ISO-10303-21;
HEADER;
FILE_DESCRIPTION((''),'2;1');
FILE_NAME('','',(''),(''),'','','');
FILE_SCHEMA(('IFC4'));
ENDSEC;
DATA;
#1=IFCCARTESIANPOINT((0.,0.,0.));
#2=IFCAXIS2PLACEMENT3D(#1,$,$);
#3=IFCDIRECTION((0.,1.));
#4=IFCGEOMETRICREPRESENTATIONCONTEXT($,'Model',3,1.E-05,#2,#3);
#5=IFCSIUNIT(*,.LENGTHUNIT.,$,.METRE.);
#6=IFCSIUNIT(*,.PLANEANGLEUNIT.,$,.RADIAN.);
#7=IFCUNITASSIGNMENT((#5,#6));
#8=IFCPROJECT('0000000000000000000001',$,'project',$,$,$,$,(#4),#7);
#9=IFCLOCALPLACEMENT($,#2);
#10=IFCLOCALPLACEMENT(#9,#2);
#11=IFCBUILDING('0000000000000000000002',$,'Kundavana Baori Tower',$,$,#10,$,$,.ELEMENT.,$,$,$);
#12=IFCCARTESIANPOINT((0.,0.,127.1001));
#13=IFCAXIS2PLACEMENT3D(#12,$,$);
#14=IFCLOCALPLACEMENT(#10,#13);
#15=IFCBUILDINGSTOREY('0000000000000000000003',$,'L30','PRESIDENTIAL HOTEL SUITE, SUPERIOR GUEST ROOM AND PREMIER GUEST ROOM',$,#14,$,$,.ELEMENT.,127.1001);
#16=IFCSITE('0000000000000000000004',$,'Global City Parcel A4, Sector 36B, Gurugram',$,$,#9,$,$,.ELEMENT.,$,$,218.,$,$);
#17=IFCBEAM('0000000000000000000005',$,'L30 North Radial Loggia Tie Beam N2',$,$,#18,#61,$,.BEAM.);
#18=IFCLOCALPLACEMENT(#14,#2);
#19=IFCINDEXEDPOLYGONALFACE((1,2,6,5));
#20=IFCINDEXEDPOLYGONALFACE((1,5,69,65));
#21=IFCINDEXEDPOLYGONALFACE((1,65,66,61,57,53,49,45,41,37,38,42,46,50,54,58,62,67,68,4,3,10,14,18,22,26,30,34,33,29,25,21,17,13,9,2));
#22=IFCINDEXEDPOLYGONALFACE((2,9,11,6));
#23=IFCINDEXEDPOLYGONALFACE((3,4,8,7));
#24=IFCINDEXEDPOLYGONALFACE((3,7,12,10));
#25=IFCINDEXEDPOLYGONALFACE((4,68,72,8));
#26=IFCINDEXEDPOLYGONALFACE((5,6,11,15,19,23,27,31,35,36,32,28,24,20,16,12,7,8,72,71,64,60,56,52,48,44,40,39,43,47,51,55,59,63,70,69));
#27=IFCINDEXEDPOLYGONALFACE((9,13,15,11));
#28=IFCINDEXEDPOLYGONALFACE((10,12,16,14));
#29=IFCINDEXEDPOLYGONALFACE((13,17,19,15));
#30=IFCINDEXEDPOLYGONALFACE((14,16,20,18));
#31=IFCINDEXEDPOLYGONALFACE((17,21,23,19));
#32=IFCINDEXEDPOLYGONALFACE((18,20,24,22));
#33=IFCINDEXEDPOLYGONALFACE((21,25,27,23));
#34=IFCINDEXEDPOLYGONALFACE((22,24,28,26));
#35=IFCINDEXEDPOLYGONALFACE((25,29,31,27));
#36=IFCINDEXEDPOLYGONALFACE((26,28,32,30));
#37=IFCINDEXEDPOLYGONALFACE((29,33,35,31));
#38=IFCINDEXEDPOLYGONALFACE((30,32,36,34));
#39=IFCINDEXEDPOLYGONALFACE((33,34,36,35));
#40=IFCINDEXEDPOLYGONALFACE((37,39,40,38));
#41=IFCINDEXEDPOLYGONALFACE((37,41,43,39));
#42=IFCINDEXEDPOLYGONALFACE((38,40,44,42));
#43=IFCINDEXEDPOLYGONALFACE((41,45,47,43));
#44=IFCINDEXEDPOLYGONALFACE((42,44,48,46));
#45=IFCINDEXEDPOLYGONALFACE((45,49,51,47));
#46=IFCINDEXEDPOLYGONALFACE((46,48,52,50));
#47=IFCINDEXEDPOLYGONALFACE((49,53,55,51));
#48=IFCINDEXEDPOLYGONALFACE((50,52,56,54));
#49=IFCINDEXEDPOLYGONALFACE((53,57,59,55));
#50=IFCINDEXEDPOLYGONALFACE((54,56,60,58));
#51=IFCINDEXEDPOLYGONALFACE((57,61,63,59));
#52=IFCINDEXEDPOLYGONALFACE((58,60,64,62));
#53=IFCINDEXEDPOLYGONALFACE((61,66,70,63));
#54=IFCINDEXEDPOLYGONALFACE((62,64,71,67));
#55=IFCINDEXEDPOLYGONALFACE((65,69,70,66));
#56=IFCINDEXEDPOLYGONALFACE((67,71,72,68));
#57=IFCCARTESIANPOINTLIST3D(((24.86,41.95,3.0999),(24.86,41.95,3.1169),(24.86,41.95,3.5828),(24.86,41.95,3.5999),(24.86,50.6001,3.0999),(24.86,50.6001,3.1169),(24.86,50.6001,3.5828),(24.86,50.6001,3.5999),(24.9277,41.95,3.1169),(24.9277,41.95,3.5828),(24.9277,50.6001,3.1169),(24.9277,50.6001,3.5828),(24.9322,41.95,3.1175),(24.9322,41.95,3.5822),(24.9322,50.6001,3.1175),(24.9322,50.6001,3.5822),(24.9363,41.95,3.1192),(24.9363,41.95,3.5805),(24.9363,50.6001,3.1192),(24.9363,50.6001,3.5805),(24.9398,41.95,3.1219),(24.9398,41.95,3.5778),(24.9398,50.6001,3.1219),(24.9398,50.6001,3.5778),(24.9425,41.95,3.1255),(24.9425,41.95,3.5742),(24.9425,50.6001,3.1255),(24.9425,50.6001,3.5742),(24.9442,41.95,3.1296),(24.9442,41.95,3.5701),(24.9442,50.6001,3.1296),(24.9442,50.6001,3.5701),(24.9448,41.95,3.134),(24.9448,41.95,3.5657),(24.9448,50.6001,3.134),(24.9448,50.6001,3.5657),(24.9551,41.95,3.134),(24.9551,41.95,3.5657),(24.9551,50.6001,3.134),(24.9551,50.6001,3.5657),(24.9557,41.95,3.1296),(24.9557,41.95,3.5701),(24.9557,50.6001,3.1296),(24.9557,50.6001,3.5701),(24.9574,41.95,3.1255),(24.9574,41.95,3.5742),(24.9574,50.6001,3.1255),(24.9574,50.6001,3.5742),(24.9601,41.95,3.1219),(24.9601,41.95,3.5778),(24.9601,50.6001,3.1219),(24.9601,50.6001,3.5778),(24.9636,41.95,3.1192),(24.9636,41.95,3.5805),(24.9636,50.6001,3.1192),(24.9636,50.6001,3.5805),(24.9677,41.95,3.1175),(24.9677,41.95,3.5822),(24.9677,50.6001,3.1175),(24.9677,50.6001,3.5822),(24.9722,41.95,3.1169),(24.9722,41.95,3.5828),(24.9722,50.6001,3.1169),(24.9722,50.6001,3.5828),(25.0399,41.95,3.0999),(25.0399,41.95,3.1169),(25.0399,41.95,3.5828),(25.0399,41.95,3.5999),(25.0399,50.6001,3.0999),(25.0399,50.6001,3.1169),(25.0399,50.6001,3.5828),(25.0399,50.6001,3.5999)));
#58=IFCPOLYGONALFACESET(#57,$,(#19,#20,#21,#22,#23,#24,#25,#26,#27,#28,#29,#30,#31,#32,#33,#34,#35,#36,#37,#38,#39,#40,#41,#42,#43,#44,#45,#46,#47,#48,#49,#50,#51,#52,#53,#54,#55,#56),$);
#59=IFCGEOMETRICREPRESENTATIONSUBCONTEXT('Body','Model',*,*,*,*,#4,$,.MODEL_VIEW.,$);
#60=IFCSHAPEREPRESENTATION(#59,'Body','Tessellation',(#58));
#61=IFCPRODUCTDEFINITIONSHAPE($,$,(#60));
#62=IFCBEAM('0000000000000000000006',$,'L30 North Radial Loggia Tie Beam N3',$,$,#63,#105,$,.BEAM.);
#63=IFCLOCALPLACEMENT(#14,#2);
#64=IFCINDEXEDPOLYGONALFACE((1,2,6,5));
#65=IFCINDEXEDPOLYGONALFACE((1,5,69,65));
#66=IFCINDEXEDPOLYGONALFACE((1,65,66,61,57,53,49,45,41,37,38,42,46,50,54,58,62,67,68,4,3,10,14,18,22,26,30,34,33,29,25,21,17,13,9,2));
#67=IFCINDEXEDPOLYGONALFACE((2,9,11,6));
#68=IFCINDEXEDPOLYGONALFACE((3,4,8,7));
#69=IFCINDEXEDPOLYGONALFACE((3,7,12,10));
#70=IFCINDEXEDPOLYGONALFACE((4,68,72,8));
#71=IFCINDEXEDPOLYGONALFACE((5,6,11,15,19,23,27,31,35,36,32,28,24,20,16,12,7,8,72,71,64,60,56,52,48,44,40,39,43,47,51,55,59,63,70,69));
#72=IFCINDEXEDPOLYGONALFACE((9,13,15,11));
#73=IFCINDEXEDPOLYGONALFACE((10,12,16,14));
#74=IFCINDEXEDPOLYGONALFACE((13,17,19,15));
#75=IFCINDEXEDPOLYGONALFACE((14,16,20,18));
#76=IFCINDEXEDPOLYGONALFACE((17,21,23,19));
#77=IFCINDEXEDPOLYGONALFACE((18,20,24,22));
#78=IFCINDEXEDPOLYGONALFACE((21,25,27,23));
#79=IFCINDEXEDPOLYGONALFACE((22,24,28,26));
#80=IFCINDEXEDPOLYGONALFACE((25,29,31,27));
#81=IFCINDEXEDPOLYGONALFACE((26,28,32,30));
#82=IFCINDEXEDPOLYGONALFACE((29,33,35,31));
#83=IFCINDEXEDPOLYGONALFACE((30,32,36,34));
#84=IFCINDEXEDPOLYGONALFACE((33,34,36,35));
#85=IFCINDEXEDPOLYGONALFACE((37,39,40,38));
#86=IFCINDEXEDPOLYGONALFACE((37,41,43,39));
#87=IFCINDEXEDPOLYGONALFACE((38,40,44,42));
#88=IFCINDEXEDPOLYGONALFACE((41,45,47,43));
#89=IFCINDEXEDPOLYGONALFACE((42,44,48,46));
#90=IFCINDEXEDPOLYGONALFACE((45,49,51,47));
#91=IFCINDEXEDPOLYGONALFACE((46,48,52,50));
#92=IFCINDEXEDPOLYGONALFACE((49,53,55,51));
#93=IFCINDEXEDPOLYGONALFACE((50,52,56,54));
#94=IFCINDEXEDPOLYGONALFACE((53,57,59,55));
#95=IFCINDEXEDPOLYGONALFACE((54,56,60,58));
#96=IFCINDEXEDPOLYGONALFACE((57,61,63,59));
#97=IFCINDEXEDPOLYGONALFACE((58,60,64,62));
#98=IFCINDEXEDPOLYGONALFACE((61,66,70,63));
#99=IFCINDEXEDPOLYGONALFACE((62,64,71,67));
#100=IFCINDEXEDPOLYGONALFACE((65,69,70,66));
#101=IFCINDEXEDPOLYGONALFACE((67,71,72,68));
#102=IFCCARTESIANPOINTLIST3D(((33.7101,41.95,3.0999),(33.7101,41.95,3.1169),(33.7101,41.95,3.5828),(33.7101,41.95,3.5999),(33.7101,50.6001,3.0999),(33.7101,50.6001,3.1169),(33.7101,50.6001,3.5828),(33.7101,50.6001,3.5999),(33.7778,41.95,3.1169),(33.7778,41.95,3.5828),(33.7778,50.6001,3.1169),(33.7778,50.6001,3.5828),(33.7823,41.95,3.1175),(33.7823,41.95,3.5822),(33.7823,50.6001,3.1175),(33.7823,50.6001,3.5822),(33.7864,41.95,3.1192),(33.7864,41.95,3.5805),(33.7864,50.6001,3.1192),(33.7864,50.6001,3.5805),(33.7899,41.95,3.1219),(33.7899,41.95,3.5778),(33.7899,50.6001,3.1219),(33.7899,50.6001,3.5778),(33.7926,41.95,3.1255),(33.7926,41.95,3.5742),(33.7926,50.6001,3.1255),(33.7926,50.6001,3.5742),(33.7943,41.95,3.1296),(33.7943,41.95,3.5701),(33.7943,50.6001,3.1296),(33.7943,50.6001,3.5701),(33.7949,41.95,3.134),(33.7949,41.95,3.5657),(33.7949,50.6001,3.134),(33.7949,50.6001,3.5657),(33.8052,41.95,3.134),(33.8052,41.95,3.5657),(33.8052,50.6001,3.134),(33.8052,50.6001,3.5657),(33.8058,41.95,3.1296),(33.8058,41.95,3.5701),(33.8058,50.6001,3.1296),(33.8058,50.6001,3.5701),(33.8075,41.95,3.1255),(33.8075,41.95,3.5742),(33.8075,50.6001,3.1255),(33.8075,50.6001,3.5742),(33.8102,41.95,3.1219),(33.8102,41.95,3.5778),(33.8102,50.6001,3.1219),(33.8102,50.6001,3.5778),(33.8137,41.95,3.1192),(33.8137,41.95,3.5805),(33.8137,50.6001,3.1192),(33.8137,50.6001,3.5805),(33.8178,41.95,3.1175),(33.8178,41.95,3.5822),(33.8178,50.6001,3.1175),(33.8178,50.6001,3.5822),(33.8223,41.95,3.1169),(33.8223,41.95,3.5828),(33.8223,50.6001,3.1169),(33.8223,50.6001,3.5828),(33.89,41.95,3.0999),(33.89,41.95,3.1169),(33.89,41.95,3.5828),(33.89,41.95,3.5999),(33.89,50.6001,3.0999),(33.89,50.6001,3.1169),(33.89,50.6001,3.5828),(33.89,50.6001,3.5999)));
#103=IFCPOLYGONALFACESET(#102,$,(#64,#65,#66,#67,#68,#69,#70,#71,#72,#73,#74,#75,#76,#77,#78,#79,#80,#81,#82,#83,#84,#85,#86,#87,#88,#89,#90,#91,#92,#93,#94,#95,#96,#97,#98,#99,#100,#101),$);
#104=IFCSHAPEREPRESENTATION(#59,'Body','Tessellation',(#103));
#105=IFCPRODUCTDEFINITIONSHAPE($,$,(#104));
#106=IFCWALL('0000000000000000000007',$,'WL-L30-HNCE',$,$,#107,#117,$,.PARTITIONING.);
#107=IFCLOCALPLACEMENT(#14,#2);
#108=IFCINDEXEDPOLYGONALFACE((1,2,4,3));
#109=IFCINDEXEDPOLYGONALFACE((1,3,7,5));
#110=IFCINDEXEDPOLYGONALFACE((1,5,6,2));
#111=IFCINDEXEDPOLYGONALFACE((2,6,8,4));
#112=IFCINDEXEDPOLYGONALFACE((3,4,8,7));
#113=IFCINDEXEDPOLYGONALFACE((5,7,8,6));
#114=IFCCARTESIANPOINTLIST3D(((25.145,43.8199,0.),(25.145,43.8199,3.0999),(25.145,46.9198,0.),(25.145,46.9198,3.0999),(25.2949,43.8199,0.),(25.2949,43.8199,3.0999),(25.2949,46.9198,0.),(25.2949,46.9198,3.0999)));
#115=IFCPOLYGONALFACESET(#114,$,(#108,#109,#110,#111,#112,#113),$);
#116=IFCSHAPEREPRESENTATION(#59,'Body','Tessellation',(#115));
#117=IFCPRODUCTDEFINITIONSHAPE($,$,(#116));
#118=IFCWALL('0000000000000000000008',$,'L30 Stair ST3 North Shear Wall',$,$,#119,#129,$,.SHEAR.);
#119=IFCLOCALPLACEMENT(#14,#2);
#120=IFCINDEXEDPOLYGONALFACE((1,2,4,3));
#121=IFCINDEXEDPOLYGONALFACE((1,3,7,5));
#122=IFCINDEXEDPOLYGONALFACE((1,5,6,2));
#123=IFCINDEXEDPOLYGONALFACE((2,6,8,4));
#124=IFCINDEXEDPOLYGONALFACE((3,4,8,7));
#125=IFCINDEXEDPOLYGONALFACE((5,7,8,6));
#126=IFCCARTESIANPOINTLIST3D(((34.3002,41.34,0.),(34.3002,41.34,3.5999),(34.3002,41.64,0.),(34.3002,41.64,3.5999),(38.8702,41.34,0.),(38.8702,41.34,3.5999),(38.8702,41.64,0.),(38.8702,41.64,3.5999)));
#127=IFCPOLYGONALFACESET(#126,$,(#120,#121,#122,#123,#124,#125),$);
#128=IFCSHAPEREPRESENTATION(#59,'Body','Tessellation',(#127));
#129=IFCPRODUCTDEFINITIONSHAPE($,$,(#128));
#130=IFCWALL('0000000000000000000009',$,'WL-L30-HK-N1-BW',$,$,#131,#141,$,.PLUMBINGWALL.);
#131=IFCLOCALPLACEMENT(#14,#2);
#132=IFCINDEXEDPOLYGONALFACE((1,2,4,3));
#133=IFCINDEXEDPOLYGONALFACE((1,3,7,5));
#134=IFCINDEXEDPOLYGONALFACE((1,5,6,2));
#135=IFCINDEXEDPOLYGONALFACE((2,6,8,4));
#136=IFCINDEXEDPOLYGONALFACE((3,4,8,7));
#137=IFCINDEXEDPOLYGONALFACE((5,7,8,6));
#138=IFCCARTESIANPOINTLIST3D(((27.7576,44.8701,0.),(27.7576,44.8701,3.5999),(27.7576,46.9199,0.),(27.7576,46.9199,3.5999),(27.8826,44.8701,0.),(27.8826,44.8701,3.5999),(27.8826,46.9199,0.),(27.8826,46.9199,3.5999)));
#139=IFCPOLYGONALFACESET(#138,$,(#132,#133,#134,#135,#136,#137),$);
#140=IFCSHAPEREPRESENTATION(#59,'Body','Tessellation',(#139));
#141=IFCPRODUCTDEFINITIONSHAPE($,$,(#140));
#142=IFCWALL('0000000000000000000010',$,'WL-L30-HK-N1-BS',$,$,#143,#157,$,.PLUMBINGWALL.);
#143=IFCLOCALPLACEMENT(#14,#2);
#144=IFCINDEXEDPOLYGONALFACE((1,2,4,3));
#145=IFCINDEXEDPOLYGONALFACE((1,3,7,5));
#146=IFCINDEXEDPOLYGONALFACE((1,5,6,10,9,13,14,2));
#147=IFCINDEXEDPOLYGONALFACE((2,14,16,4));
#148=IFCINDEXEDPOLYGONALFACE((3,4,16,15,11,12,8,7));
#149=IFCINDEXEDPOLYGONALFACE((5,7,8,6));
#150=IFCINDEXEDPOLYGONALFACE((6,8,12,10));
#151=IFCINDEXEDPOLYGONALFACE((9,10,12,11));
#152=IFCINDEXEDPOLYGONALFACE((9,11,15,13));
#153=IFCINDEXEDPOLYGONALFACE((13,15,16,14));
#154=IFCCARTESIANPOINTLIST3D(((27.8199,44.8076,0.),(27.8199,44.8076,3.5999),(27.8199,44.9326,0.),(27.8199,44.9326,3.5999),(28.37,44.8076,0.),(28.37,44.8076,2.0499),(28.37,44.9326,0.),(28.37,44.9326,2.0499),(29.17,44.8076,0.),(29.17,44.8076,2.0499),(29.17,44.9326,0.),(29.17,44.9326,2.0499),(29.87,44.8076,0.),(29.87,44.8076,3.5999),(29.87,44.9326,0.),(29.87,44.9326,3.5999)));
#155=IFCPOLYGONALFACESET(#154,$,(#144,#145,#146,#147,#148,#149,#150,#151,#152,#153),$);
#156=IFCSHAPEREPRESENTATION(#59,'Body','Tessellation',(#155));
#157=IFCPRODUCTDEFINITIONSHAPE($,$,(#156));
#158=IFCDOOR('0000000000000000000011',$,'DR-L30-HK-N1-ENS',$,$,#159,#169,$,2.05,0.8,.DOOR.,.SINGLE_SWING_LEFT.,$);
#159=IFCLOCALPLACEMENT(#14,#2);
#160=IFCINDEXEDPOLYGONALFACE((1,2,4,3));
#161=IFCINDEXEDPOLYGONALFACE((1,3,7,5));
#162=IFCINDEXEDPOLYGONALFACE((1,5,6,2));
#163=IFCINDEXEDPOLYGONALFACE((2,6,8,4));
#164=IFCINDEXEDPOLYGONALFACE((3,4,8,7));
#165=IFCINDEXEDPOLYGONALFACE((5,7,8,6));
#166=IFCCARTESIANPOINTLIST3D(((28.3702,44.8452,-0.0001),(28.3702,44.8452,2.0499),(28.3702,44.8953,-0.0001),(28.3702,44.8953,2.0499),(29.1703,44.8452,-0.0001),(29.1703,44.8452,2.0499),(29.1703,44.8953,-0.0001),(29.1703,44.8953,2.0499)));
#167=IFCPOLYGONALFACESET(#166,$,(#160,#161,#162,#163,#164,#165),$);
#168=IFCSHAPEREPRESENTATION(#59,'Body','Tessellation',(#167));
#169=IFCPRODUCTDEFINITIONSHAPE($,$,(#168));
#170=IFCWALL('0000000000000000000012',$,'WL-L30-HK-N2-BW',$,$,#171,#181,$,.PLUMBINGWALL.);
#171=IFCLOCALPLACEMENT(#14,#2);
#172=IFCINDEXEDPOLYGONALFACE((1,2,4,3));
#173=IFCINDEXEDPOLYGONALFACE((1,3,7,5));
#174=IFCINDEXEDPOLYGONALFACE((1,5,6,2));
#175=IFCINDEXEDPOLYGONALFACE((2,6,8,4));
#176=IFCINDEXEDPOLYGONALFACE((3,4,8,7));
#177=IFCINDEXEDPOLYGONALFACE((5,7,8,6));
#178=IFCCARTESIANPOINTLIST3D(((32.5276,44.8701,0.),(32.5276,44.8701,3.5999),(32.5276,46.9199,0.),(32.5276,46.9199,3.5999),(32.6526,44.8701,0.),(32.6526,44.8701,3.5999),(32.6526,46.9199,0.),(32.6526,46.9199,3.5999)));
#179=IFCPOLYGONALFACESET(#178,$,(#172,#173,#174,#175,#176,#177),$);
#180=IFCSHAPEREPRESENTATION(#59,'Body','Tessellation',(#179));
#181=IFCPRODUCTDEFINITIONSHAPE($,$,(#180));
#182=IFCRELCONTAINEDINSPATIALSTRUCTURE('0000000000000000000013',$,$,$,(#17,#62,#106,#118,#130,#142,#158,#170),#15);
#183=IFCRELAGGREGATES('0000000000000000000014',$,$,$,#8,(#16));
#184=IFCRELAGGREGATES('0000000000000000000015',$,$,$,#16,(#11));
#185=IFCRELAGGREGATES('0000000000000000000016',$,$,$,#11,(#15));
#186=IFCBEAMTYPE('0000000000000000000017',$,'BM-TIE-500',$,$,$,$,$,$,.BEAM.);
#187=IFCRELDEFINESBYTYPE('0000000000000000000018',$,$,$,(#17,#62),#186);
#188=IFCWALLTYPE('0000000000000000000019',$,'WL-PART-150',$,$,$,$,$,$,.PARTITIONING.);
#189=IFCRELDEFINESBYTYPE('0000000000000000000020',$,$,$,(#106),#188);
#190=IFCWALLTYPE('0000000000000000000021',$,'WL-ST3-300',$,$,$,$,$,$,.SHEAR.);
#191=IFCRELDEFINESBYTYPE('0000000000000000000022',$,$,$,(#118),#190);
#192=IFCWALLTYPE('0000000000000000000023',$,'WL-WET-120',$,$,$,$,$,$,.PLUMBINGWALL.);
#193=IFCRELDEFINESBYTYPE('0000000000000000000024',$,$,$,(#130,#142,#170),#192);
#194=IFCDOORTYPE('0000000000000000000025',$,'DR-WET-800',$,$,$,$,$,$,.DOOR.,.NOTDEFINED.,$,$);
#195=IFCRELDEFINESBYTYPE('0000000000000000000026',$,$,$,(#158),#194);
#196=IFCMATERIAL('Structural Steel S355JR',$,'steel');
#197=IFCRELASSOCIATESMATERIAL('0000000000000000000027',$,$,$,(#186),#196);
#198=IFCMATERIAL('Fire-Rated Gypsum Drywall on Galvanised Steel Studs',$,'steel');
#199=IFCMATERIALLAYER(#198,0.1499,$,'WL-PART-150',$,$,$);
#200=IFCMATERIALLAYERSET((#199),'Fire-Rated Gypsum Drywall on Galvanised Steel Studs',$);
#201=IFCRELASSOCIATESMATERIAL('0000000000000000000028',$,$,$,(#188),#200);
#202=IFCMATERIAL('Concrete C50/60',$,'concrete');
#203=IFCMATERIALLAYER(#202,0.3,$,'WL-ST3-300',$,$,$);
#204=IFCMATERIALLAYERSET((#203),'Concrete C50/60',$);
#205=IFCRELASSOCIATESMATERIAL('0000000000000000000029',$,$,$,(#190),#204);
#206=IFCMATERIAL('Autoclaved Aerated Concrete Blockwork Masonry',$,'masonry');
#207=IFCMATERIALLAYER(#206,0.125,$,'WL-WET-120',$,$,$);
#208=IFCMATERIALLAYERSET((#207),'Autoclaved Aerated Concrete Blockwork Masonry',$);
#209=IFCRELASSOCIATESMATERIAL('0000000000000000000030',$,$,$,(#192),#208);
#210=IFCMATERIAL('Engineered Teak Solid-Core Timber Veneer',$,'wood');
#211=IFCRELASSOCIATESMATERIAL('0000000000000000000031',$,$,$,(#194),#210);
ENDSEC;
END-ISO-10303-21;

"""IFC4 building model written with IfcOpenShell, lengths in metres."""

from ifc_helpers import new_model, si_unit, direction, frame, frame_2d, origin, origin_2d, place, context, subcontext, project, spatial, rectangle, i_section, extrude, material, layer, layer_set, material_profile, profile_set, type_object, element, fill, save


model = new_model("IFC4")

# Units and contexts
model_context = context("Model", 3, precision=1e-05, world=origin(), true_north=direction((0.0, 1.0)))
body_context = subcontext(model_context, "Body", "Model", "MODEL_VIEW")
ifc_project = project(units=[si_unit("LENGTHUNIT", "METRE"), si_unit("PLANEANGLEUNIT", "RADIAN")], contexts=[model_context])

# Site, building, storey
site_placement = place(None, origin())
site = spatial("IfcSite", under=ifc_project, at=site_placement, Name="Global City Parcel A4, Sector 36B, Gurugram", CompositionType="ELEMENT", RefElevation=218.0)
building_placement = place(site_placement, origin())
building = spatial("IfcBuilding", under=site, at=building_placement, Name="Kundavana Baori Tower", CompositionType="ELEMENT")
storey_placement = place(building_placement, frame((0.0, 0.0, 127.1001)))
storey = spatial("IfcBuildingStorey", under=building, at=storey_placement, Name="L30", Description="PRESIDENTIAL HOTEL SUITE, SUPERIOR GUEST ROOM AND PREMIER GUEST ROOM", CompositionType="ELEMENT", Elevation=127.1001)

# Beams
ifc_material_1 = material(Name="Structural Steel S355JR", Category="steel")
ifc_material_profile_1 = material_profile(ifc_material_1, i_section(OverallWidth=0.1799, OverallDepth=0.5, WebThickness=0.0103, FlangeThickness=0.0171, FilletRadius=0.0171, at=origin_2d()), Name="ISMB 500")
ifc_profile_set_1 = profile_set([ifc_material_profile_1], Name="Structural Steel S355JR")
beam_type_1 = type_object("IfcBeamType", Name="BM-TIE-500", PredefinedType="BEAM", material=ifc_profile_set_1)
for number, where, z_axis, x_axis, name in (
    (1, (24.95, 41.95, 3.3499), (0.0, 1.0, 0.0), (-1.0, 0.0, 0.0), "L30 North Radial Loggia Tie Beam N2"),
    (2, (33.8, 41.95, 3.3499), (0.0, 1.0, 0.0), (-1.0, 0.0, 0.0), "L30 North Radial Loggia Tie Beam N3"),
):
    element("IfcBeam", number, at=place(storey_placement, frame(where, z_axis=z_axis, x_axis=x_axis)), inside=storey, type_object=beam_type_1, Name=name, PredefinedType="BEAM", context=body_context, shape_type="SweptSolid", body=[
        extrude(i_section(OverallWidth=0.1799, OverallDepth=0.5, WebThickness=0.0103, FlangeThickness=0.0171, FilletRadius=0.0171, at=origin_2d()), origin(), (0.0, 0.0, 1.0), 8.6501),
    ])

# Walls
ifc_material_2 = material(Name="Fire-Rated Gypsum Drywall on Galvanised Steel Studs", Category="steel")
ifc_layer_1 = layer(ifc_material_2, 0.1499, Name="WL-PART-150")
ifc_layer_set_1 = layer_set([ifc_layer_1], Name="Fire-Rated Gypsum Drywall on Galvanised Steel Studs")
wall_type_1 = type_object("IfcWallType", Name="WL-PART-150", PredefinedType="PARTITIONING", material=ifc_layer_set_1)
wall_1_placement = place(storey_placement, frame((25.22, 43.8201, 0.0), z_axis=(0.0, 0.0, 1.0), x_axis=(0.0, 1.0, 0.0)))
element("IfcWall", 3, at=wall_1_placement, inside=storey, type_object=wall_type_1, Name="WL-L30-HNCE", PredefinedType="PARTITIONING", context=body_context, shape_type="SweptSolid", body=[
    extrude(rectangle(XDim=3.0999, YDim=0.1499, at=frame_2d((1.5498, 0.0))), origin(), (0.0, 0.0, 1.0), 3.0999),
])
ifc_material_3 = material(Name="Concrete C50/60", Category="concrete")
ifc_layer_2 = layer(ifc_material_3, 0.3, Name="WL-ST3-300")
ifc_layer_set_2 = layer_set([ifc_layer_2], Name="Concrete C50/60")
wall_type_2 = type_object("IfcWallType", Name="WL-ST3-300", PredefinedType="SHEAR", material=ifc_layer_set_2)
wall_2_placement = place(storey_placement, frame((34.3, 41.49, 0.0), z_axis=(0.0, 0.0, 1.0), x_axis=(1.0, 0.0, 0.0)))
element("IfcWall", 4, at=wall_2_placement, inside=storey, type_object=wall_type_2, Name="L30 Stair ST3 North Shear Wall", PredefinedType="SHEAR", context=body_context, shape_type="SweptSolid", body=[
    extrude(rectangle(XDim=4.5701, YDim=0.3, at=frame_2d((2.2852, 0.0))), origin(), (0.0, 0.0, 1.0), 3.5999),
])
ifc_material_4 = material(Name="Autoclaved Aerated Concrete Blockwork Masonry", Category="masonry")
ifc_layer_3 = layer(ifc_material_4, 0.125, Name="WL-WET-120")
ifc_layer_set_3 = layer_set([ifc_layer_3], Name="Autoclaved Aerated Concrete Blockwork Masonry")
wall_type_3 = type_object("IfcWallType", Name="WL-WET-120", PredefinedType="PLUMBINGWALL", material=ifc_layer_set_3)
wall_3_placement = place(storey_placement, frame((27.8201, 44.8701, 0.0), z_axis=(0.0, 0.0, 1.0), x_axis=(0.0, 1.0, 0.0)))
element("IfcWall", 5, at=wall_3_placement, inside=storey, type_object=wall_type_3, Name="WL-L30-HK-N1-BW", PredefinedType="PLUMBINGWALL", context=body_context, shape_type="SweptSolid", body=[
    extrude(rectangle(XDim=2.0498, YDim=0.125, at=frame_2d((1.0249, 0.0))), origin(), (0.0, 0.0, 1.0), 3.5999),
])

# Wall, opening, door
wall_4_placement = place(storey_placement, frame((27.8201, 44.8701, 0.0), z_axis=(0.0, 0.0, 1.0), x_axis=(1.0, 0.0, 0.0)))
wall_4 = element("IfcWall", 6, at=wall_4_placement, inside=storey, type_object=wall_type_3, Name="WL-L30-HK-N1-BS", PredefinedType="PLUMBINGWALL", context=body_context, shape_type="SweptSolid", body=[
    extrude(rectangle(XDim=2.05, YDim=0.125, at=frame_2d((1.0249, 0.0))), origin(), (0.0, 0.0, 1.0), 3.5999),
])
opening_1_placement = place(wall_4_placement, frame((0.55, 0.0, 0.0)))
opening_1 = element("IfcOpeningElement", 7, at=opening_1_placement, cuts=wall_4, PredefinedType="OPENING", context=body_context, shape_type="SweptSolid", body=[
    extrude(rectangle(XDim=0.8, YDim=2.05, at=frame_2d((0.3999, 1.0249))), frame((0.0, 0.0725, 0.0), z_axis=(0.0, -1.0, 0.0), x_axis=(1.0, 0.0, 0.0)), (0.0, 0.0, 1.0), 0.145),
])
ifc_material_5 = material(Name="Engineered Teak Solid-Core Timber Veneer", Category="wood")
door_type = type_object("IfcDoorType", Name="DR-WET-800", OperationType="NOTDEFINED", PredefinedType="DOOR", material=ifc_material_5)
door_1_placement = place(opening_1_placement, frame((0.8, 0.0, 0.0), z_axis=(0.0, 0.0, 1.0), x_axis=(-1.0, 0.0, 0.0)))
door_1 = element("IfcDoor", 8, at=door_1_placement, inside=storey, type_object=door_type, Name="DR-L30-HK-N1-ENS", OperationType="SINGLE_SWING_LEFT", OverallHeight=2.05, OverallWidth=0.8, PredefinedType="DOOR", context=body_context, shape_type="SweptSolid", body=[
    extrude(rectangle(XDim=0.8, YDim=2.05, at=frame_2d((0.3999, 1.0249))), frame((0.0, 0.0249, 0.0), z_axis=(0.0, -1.0, 0.0), x_axis=(1.0, 0.0, 0.0)), (0.0, 0.0, 1.0), 0.05),
])
fill(opening_1, door_1)

# Wall
wall_5_placement = place(storey_placement, frame((32.5901, 44.8701, 0.0), z_axis=(0.0, 0.0, 1.0), x_axis=(0.0, 1.0, 0.0)))
element("IfcWall", 9, at=wall_5_placement, inside=storey, type_object=wall_type_3, Name="WL-L30-HK-N2-BW", PredefinedType="PLUMBINGWALL", context=body_context, shape_type="SweptSolid", body=[
    extrude(rectangle(XDim=2.0498, YDim=0.125, at=frame_2d((1.0249, 0.0))), origin(), (0.0, 0.0, 1.0), 3.5999),
])

save(model, "model.ifc")
